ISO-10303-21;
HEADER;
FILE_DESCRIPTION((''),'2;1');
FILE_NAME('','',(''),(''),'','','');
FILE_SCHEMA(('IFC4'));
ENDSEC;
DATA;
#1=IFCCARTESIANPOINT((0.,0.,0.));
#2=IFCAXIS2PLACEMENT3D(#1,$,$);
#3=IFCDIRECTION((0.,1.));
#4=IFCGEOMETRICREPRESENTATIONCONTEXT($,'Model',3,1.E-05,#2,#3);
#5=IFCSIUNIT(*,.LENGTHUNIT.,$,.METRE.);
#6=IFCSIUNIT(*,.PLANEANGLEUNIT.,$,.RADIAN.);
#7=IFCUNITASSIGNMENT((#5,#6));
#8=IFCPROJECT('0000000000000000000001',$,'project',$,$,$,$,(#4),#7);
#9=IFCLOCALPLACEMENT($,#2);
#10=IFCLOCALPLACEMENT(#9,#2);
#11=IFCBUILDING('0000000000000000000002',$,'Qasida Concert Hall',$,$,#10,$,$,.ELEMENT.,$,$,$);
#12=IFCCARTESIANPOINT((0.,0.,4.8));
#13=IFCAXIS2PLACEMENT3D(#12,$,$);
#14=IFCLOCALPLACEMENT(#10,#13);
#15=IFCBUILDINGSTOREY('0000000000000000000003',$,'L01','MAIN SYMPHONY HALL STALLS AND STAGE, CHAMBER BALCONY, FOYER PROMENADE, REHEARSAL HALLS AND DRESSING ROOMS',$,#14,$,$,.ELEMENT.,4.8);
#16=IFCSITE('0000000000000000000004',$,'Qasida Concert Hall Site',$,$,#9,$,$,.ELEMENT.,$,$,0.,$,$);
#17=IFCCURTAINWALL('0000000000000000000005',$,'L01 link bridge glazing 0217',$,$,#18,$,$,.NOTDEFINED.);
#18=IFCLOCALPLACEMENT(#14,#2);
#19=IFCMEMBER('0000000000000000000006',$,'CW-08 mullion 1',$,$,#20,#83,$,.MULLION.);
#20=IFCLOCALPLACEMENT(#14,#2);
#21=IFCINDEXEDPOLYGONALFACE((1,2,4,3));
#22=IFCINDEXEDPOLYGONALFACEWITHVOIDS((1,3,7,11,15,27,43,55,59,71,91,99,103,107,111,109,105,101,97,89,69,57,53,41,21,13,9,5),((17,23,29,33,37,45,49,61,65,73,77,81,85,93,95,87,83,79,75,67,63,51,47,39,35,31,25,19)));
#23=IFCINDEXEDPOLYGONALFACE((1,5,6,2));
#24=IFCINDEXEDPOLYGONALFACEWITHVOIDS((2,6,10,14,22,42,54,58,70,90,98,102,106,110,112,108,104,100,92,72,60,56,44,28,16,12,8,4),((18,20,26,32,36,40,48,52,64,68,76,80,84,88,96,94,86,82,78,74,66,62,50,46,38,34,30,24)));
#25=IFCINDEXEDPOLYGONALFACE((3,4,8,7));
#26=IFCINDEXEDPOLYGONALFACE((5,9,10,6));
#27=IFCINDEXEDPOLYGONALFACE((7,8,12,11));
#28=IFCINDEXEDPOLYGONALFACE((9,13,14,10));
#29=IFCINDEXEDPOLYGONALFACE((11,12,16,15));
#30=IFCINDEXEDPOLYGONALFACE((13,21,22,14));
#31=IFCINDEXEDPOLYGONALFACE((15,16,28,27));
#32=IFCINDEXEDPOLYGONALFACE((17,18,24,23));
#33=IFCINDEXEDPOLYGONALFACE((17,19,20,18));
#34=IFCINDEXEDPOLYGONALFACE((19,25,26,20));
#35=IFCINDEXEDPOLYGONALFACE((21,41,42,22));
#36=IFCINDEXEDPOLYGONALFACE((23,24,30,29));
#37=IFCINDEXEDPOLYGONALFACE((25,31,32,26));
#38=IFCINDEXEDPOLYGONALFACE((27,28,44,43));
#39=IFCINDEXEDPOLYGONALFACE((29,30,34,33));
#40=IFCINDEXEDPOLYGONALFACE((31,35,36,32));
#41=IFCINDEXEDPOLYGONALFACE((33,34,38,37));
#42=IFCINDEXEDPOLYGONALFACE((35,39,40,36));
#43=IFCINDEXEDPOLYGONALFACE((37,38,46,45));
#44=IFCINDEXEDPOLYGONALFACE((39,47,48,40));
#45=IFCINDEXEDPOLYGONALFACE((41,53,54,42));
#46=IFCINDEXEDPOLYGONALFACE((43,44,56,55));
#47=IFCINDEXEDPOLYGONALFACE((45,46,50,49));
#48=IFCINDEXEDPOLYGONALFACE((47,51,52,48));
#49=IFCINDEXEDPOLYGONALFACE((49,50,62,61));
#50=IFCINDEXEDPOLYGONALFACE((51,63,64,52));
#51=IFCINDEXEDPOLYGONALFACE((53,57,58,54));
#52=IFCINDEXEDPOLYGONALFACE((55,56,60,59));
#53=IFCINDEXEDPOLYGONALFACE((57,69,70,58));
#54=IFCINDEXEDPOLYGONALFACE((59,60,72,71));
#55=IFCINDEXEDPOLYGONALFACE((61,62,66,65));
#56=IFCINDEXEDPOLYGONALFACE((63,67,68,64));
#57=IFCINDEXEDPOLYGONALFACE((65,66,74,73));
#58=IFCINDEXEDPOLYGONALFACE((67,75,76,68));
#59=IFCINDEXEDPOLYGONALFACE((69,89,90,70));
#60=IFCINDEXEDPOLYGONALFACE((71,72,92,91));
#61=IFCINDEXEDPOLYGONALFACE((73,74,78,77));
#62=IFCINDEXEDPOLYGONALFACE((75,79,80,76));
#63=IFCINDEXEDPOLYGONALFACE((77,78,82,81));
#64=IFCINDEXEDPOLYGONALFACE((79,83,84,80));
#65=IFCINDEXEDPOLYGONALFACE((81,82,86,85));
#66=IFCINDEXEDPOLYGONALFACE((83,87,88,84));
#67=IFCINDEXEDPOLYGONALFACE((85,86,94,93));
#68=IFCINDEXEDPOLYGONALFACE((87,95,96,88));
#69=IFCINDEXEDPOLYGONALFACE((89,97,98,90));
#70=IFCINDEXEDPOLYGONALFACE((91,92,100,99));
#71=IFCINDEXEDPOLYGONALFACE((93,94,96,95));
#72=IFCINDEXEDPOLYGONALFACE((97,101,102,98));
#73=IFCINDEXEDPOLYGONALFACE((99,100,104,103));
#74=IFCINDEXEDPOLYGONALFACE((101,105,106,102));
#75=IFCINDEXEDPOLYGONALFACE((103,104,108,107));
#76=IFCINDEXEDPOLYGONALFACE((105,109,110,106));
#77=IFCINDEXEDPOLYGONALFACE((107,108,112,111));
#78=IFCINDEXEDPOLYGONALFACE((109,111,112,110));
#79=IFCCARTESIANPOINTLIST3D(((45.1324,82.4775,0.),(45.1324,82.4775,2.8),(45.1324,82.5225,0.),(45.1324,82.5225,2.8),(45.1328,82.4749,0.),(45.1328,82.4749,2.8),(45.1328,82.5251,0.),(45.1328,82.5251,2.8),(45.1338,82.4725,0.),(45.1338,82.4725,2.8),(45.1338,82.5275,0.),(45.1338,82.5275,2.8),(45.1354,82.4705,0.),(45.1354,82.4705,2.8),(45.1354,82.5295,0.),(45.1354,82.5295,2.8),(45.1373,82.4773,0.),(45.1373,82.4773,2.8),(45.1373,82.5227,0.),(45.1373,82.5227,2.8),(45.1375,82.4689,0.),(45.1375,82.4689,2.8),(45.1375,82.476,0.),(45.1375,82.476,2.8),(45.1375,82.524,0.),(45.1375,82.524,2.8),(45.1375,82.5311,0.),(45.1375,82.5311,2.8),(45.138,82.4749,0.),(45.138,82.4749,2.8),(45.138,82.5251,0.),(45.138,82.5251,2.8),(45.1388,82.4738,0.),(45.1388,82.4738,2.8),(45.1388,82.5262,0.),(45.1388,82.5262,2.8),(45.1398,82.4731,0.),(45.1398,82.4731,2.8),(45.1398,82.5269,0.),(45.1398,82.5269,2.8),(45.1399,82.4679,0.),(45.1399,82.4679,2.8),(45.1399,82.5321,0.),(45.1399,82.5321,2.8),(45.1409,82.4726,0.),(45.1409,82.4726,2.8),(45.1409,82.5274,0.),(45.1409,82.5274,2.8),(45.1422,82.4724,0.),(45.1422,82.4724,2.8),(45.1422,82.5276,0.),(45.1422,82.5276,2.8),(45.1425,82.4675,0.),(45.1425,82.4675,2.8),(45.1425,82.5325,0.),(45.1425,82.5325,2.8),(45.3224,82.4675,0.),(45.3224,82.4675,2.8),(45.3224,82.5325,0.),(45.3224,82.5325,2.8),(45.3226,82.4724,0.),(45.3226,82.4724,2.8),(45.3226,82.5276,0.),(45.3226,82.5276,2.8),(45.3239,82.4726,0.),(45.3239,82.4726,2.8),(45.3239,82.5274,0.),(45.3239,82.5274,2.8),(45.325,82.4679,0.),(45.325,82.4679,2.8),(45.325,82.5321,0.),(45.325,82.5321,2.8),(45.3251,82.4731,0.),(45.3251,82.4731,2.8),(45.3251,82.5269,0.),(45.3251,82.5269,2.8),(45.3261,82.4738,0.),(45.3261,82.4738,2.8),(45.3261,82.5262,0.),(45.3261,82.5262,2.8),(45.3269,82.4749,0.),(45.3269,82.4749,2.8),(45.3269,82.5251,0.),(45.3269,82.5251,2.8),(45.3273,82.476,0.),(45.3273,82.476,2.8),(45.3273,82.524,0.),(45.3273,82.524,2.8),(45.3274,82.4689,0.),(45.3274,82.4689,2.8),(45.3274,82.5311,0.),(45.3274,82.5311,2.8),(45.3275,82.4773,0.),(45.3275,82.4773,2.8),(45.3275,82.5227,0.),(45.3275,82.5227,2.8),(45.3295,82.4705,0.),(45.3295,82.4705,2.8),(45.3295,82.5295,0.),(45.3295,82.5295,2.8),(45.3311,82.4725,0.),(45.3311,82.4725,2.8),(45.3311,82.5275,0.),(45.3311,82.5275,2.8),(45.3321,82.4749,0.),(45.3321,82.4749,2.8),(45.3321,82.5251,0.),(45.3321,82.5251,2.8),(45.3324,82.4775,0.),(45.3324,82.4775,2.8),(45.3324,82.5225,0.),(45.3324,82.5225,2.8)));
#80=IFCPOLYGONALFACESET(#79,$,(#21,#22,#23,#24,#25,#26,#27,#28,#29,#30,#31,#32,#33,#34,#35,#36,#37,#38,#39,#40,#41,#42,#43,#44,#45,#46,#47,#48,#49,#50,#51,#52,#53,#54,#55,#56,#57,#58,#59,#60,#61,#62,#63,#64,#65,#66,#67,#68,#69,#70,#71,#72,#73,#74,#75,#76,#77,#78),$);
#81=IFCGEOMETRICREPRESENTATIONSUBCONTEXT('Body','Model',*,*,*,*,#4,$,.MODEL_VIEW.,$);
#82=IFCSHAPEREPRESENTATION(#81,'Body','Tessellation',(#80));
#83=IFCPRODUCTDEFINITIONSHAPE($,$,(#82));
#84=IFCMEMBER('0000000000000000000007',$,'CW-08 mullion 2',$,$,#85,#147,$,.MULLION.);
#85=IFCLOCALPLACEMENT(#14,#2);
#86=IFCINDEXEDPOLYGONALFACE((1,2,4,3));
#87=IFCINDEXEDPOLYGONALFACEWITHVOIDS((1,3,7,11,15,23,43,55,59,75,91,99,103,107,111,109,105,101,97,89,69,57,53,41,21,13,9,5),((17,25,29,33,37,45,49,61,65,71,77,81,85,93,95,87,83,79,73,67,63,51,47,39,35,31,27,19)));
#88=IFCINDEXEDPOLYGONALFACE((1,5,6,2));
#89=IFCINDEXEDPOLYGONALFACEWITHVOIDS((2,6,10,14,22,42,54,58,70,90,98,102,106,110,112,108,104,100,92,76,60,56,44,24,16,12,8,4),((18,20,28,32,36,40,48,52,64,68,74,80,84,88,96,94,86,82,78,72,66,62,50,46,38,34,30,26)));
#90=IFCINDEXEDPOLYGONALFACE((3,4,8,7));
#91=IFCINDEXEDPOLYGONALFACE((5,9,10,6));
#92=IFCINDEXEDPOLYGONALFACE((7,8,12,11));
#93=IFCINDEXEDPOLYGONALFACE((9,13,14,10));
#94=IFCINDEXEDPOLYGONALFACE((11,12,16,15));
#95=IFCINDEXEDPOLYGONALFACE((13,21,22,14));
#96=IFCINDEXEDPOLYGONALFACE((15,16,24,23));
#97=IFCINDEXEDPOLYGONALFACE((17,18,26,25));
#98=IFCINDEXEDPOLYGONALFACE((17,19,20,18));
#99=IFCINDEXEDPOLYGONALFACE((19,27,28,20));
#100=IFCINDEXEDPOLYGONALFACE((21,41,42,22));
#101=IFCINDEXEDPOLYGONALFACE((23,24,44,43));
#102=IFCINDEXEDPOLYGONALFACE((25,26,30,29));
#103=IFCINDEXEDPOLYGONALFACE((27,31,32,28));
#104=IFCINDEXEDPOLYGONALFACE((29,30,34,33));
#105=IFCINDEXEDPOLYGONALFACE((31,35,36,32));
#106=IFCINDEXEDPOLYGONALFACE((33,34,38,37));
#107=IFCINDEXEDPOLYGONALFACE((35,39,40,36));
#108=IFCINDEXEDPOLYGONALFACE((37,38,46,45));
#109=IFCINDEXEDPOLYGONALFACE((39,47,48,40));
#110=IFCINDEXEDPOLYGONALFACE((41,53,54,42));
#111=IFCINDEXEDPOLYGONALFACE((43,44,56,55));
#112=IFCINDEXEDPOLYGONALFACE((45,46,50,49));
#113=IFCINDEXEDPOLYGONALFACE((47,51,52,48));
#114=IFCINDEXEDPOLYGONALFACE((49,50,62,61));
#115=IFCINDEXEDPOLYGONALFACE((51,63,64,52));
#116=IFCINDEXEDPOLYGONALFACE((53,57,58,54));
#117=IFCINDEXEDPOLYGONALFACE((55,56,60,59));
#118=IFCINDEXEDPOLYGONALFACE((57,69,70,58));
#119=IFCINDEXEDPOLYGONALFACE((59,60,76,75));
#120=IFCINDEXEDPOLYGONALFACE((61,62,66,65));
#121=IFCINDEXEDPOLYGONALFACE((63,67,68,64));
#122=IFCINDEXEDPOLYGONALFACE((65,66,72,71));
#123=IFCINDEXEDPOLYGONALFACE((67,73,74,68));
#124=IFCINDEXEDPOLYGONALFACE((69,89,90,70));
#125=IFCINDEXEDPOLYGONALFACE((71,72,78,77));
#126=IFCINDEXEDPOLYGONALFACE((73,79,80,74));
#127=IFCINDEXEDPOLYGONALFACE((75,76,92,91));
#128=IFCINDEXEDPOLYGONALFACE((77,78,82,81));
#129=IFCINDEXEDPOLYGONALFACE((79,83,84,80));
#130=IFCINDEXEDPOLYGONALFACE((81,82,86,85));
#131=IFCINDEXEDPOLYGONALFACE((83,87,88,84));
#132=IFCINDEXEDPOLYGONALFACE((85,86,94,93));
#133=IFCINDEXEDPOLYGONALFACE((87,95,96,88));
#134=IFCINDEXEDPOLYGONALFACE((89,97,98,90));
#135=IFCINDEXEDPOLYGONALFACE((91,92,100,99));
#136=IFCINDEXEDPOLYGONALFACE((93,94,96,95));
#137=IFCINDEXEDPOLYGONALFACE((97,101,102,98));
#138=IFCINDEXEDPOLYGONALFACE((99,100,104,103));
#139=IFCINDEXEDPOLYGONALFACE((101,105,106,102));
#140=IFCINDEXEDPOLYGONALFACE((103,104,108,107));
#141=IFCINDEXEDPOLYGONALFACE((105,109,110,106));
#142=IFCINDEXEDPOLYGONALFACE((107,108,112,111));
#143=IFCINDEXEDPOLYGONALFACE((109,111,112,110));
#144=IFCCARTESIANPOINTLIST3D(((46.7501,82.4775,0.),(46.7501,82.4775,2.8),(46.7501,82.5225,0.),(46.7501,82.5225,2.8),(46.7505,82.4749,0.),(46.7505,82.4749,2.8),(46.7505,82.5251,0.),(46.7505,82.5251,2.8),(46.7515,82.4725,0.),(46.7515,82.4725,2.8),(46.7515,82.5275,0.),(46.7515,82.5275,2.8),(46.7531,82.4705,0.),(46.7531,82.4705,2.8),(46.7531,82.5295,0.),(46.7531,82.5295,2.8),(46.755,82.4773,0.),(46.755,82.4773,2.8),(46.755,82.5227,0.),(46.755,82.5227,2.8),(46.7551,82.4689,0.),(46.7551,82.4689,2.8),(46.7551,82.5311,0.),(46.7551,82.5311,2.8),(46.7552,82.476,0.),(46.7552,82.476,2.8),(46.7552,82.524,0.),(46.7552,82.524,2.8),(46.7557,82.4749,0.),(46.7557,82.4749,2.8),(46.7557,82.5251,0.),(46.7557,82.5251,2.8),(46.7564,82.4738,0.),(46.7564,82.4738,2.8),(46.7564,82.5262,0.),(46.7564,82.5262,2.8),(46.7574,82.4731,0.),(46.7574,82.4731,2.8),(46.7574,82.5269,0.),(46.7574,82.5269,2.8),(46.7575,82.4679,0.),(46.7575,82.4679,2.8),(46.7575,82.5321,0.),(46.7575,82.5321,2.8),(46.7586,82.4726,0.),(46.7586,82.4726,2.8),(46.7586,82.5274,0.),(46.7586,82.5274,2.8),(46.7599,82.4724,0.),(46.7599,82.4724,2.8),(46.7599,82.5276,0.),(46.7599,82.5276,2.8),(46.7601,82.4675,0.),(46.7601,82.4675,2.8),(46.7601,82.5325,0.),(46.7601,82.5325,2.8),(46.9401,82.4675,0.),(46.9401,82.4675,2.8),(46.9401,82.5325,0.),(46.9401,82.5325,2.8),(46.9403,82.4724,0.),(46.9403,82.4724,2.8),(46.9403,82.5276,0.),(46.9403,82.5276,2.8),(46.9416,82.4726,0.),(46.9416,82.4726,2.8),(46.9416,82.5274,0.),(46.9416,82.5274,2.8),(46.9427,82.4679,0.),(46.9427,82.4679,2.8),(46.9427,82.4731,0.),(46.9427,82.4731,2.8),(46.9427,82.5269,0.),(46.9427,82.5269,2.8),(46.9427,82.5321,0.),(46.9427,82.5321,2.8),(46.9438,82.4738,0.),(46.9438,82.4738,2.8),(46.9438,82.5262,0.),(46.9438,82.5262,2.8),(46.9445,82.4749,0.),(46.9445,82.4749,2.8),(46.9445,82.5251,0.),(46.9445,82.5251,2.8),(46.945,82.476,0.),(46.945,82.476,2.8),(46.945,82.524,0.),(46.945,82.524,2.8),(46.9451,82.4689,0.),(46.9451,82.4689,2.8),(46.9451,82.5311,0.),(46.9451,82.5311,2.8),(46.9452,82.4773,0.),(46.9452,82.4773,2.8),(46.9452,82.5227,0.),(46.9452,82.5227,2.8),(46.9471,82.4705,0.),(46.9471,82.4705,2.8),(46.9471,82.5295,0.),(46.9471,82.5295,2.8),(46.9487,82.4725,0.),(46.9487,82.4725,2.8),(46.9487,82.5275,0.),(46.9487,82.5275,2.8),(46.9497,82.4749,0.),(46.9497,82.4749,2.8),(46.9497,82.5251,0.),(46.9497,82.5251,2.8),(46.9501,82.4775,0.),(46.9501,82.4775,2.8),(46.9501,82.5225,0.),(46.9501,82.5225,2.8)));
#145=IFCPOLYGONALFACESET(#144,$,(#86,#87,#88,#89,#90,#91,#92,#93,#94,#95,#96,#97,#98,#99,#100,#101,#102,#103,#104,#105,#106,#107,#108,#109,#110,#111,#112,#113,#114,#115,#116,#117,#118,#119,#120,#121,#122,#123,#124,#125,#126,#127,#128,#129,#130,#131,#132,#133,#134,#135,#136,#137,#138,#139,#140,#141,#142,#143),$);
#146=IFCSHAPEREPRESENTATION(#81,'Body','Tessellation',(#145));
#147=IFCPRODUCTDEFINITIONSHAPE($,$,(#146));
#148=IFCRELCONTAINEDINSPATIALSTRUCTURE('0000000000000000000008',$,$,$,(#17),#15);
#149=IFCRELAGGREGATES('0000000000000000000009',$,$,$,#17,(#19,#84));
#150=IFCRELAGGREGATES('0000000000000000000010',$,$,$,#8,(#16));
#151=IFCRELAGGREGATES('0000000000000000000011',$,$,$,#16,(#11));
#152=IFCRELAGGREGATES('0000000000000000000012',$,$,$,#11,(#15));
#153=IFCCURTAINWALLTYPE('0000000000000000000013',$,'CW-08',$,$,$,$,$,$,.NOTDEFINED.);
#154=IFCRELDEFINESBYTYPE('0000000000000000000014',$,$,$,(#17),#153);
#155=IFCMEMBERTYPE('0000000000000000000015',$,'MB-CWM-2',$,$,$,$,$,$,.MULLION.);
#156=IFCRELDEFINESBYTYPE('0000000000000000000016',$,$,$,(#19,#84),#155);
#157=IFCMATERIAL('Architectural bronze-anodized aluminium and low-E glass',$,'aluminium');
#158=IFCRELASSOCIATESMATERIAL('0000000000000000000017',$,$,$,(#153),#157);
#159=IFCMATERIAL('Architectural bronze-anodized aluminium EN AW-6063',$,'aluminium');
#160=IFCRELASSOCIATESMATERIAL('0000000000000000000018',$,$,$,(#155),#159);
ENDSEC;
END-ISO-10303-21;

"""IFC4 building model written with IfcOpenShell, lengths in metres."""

from ifc_helpers import new_model, si_unit, direction, frame, origin, origin_2d, place, context, subcontext, project, spatial, hollow_rectangle, extrude, material, material_profile, profile_set, type_object, element, aggregate, save


model = new_model("IFC4")

# Units and contexts
model_context = context("Model", 3, precision=1e-05, world=origin(), true_north=direction((0.0, 1.0)))
body_context = subcontext(model_context, "Body", "Model", "MODEL_VIEW")
ifc_project = project(units=[si_unit("LENGTHUNIT", "METRE"), si_unit("PLANEANGLEUNIT", "RADIAN")], contexts=[model_context])

# Site, building, storey
site_placement = place(None, origin())
site = spatial("IfcSite", under=ifc_project, at=site_placement, Name="Qasida Concert Hall Site", CompositionType="ELEMENT", RefElevation=0.0)
building_placement = place(site_placement, origin())
building = spatial("IfcBuilding", under=site, at=building_placement, Name="Qasida Concert Hall", CompositionType="ELEMENT")
storey_placement = place(building_placement, frame((0.0, 0.0, 4.8)))
storey = spatial("IfcBuildingStorey", under=building, at=storey_placement, Name="L01", Description="MAIN SYMPHONY HALL STALLS AND STAGE, CHAMBER BALCONY, FOYER PROMENADE, REHEARSAL HALLS AND DRESSING ROOMS", CompositionType="ELEMENT", Elevation=4.8)

# Curtain wall, members
ifc_material_1 = material(Name="Architectural bronze-anodized aluminium and low-E glass", Category="aluminium")
curtain_wall_type = type_object("IfcCurtainWallType", Name="CW-08", PredefinedType="NOTDEFINED", material=ifc_material_1)
ifc_material_2 = material(Name="Architectural bronze-anodized aluminium EN AW-6063", Category="aluminium")
ifc_material_profile_1 = material_profile(ifc_material_2, hollow_rectangle(XDim=0.0649, YDim=0.2, WallThickness=0.0049, InnerFilletRadius=0.0049, OuterFilletRadius=0.01, at=origin_2d()), Name="CWM 200x65x5")
ifc_profile_set_1 = profile_set([ifc_material_profile_1], Name="Architectural bronze-anodized aluminium EN AW-6063")
member_type_1 = type_object("IfcMemberType", Name="MB-CWM-2", PredefinedType="MULLION", material=ifc_profile_set_1)
curtain_wall_1_placement = place(storey_placement, origin())
curtain_wall_1 = element("IfcCurtainWall", 1, at=curtain_wall_1_placement, inside=storey, type_object=curtain_wall_type, Name="L01 link bridge glazing 0217", PredefinedType="NOTDEFINED")
member_1_placement = place(storey_placement, frame((45.2324, 82.5, 0.0), z_axis=(0.0, 0.0, 1.0), x_axis=(0.0, 1.0, 0.0)))
member_1 = element("IfcMember", 2, at=member_1_placement, type_object=member_type_1, Name="CW-08 mullion 1", PredefinedType="MULLION", context=body_context, shape_type="SweptSolid", body=[
    extrude(hollow_rectangle(XDim=0.0649, YDim=0.2, WallThickness=0.0049, InnerFilletRadius=0.0049, OuterFilletRadius=0.01, at=origin_2d()), origin(), (0.0, 0.0, 1.0), 2.8),
])
member_2_placement = place(storey_placement, frame((46.8501, 82.5, 0.0), z_axis=(0.0, 0.0, 1.0), x_axis=(0.0, 1.0, 0.0)))
member_2 = element("IfcMember", 3, at=member_2_placement, type_object=member_type_1, Name="CW-08 mullion 2", PredefinedType="MULLION", context=body_context, shape_type="SweptSolid", body=[
    extrude(hollow_rectangle(XDim=0.0649, YDim=0.2, WallThickness=0.0049, InnerFilletRadius=0.0049, OuterFilletRadius=0.01, at=origin_2d()), origin(), (0.0, 0.0, 1.0), 2.8),
])

aggregate(curtain_wall_1, [member_1, member_2])

save(model, "model.ifc")
